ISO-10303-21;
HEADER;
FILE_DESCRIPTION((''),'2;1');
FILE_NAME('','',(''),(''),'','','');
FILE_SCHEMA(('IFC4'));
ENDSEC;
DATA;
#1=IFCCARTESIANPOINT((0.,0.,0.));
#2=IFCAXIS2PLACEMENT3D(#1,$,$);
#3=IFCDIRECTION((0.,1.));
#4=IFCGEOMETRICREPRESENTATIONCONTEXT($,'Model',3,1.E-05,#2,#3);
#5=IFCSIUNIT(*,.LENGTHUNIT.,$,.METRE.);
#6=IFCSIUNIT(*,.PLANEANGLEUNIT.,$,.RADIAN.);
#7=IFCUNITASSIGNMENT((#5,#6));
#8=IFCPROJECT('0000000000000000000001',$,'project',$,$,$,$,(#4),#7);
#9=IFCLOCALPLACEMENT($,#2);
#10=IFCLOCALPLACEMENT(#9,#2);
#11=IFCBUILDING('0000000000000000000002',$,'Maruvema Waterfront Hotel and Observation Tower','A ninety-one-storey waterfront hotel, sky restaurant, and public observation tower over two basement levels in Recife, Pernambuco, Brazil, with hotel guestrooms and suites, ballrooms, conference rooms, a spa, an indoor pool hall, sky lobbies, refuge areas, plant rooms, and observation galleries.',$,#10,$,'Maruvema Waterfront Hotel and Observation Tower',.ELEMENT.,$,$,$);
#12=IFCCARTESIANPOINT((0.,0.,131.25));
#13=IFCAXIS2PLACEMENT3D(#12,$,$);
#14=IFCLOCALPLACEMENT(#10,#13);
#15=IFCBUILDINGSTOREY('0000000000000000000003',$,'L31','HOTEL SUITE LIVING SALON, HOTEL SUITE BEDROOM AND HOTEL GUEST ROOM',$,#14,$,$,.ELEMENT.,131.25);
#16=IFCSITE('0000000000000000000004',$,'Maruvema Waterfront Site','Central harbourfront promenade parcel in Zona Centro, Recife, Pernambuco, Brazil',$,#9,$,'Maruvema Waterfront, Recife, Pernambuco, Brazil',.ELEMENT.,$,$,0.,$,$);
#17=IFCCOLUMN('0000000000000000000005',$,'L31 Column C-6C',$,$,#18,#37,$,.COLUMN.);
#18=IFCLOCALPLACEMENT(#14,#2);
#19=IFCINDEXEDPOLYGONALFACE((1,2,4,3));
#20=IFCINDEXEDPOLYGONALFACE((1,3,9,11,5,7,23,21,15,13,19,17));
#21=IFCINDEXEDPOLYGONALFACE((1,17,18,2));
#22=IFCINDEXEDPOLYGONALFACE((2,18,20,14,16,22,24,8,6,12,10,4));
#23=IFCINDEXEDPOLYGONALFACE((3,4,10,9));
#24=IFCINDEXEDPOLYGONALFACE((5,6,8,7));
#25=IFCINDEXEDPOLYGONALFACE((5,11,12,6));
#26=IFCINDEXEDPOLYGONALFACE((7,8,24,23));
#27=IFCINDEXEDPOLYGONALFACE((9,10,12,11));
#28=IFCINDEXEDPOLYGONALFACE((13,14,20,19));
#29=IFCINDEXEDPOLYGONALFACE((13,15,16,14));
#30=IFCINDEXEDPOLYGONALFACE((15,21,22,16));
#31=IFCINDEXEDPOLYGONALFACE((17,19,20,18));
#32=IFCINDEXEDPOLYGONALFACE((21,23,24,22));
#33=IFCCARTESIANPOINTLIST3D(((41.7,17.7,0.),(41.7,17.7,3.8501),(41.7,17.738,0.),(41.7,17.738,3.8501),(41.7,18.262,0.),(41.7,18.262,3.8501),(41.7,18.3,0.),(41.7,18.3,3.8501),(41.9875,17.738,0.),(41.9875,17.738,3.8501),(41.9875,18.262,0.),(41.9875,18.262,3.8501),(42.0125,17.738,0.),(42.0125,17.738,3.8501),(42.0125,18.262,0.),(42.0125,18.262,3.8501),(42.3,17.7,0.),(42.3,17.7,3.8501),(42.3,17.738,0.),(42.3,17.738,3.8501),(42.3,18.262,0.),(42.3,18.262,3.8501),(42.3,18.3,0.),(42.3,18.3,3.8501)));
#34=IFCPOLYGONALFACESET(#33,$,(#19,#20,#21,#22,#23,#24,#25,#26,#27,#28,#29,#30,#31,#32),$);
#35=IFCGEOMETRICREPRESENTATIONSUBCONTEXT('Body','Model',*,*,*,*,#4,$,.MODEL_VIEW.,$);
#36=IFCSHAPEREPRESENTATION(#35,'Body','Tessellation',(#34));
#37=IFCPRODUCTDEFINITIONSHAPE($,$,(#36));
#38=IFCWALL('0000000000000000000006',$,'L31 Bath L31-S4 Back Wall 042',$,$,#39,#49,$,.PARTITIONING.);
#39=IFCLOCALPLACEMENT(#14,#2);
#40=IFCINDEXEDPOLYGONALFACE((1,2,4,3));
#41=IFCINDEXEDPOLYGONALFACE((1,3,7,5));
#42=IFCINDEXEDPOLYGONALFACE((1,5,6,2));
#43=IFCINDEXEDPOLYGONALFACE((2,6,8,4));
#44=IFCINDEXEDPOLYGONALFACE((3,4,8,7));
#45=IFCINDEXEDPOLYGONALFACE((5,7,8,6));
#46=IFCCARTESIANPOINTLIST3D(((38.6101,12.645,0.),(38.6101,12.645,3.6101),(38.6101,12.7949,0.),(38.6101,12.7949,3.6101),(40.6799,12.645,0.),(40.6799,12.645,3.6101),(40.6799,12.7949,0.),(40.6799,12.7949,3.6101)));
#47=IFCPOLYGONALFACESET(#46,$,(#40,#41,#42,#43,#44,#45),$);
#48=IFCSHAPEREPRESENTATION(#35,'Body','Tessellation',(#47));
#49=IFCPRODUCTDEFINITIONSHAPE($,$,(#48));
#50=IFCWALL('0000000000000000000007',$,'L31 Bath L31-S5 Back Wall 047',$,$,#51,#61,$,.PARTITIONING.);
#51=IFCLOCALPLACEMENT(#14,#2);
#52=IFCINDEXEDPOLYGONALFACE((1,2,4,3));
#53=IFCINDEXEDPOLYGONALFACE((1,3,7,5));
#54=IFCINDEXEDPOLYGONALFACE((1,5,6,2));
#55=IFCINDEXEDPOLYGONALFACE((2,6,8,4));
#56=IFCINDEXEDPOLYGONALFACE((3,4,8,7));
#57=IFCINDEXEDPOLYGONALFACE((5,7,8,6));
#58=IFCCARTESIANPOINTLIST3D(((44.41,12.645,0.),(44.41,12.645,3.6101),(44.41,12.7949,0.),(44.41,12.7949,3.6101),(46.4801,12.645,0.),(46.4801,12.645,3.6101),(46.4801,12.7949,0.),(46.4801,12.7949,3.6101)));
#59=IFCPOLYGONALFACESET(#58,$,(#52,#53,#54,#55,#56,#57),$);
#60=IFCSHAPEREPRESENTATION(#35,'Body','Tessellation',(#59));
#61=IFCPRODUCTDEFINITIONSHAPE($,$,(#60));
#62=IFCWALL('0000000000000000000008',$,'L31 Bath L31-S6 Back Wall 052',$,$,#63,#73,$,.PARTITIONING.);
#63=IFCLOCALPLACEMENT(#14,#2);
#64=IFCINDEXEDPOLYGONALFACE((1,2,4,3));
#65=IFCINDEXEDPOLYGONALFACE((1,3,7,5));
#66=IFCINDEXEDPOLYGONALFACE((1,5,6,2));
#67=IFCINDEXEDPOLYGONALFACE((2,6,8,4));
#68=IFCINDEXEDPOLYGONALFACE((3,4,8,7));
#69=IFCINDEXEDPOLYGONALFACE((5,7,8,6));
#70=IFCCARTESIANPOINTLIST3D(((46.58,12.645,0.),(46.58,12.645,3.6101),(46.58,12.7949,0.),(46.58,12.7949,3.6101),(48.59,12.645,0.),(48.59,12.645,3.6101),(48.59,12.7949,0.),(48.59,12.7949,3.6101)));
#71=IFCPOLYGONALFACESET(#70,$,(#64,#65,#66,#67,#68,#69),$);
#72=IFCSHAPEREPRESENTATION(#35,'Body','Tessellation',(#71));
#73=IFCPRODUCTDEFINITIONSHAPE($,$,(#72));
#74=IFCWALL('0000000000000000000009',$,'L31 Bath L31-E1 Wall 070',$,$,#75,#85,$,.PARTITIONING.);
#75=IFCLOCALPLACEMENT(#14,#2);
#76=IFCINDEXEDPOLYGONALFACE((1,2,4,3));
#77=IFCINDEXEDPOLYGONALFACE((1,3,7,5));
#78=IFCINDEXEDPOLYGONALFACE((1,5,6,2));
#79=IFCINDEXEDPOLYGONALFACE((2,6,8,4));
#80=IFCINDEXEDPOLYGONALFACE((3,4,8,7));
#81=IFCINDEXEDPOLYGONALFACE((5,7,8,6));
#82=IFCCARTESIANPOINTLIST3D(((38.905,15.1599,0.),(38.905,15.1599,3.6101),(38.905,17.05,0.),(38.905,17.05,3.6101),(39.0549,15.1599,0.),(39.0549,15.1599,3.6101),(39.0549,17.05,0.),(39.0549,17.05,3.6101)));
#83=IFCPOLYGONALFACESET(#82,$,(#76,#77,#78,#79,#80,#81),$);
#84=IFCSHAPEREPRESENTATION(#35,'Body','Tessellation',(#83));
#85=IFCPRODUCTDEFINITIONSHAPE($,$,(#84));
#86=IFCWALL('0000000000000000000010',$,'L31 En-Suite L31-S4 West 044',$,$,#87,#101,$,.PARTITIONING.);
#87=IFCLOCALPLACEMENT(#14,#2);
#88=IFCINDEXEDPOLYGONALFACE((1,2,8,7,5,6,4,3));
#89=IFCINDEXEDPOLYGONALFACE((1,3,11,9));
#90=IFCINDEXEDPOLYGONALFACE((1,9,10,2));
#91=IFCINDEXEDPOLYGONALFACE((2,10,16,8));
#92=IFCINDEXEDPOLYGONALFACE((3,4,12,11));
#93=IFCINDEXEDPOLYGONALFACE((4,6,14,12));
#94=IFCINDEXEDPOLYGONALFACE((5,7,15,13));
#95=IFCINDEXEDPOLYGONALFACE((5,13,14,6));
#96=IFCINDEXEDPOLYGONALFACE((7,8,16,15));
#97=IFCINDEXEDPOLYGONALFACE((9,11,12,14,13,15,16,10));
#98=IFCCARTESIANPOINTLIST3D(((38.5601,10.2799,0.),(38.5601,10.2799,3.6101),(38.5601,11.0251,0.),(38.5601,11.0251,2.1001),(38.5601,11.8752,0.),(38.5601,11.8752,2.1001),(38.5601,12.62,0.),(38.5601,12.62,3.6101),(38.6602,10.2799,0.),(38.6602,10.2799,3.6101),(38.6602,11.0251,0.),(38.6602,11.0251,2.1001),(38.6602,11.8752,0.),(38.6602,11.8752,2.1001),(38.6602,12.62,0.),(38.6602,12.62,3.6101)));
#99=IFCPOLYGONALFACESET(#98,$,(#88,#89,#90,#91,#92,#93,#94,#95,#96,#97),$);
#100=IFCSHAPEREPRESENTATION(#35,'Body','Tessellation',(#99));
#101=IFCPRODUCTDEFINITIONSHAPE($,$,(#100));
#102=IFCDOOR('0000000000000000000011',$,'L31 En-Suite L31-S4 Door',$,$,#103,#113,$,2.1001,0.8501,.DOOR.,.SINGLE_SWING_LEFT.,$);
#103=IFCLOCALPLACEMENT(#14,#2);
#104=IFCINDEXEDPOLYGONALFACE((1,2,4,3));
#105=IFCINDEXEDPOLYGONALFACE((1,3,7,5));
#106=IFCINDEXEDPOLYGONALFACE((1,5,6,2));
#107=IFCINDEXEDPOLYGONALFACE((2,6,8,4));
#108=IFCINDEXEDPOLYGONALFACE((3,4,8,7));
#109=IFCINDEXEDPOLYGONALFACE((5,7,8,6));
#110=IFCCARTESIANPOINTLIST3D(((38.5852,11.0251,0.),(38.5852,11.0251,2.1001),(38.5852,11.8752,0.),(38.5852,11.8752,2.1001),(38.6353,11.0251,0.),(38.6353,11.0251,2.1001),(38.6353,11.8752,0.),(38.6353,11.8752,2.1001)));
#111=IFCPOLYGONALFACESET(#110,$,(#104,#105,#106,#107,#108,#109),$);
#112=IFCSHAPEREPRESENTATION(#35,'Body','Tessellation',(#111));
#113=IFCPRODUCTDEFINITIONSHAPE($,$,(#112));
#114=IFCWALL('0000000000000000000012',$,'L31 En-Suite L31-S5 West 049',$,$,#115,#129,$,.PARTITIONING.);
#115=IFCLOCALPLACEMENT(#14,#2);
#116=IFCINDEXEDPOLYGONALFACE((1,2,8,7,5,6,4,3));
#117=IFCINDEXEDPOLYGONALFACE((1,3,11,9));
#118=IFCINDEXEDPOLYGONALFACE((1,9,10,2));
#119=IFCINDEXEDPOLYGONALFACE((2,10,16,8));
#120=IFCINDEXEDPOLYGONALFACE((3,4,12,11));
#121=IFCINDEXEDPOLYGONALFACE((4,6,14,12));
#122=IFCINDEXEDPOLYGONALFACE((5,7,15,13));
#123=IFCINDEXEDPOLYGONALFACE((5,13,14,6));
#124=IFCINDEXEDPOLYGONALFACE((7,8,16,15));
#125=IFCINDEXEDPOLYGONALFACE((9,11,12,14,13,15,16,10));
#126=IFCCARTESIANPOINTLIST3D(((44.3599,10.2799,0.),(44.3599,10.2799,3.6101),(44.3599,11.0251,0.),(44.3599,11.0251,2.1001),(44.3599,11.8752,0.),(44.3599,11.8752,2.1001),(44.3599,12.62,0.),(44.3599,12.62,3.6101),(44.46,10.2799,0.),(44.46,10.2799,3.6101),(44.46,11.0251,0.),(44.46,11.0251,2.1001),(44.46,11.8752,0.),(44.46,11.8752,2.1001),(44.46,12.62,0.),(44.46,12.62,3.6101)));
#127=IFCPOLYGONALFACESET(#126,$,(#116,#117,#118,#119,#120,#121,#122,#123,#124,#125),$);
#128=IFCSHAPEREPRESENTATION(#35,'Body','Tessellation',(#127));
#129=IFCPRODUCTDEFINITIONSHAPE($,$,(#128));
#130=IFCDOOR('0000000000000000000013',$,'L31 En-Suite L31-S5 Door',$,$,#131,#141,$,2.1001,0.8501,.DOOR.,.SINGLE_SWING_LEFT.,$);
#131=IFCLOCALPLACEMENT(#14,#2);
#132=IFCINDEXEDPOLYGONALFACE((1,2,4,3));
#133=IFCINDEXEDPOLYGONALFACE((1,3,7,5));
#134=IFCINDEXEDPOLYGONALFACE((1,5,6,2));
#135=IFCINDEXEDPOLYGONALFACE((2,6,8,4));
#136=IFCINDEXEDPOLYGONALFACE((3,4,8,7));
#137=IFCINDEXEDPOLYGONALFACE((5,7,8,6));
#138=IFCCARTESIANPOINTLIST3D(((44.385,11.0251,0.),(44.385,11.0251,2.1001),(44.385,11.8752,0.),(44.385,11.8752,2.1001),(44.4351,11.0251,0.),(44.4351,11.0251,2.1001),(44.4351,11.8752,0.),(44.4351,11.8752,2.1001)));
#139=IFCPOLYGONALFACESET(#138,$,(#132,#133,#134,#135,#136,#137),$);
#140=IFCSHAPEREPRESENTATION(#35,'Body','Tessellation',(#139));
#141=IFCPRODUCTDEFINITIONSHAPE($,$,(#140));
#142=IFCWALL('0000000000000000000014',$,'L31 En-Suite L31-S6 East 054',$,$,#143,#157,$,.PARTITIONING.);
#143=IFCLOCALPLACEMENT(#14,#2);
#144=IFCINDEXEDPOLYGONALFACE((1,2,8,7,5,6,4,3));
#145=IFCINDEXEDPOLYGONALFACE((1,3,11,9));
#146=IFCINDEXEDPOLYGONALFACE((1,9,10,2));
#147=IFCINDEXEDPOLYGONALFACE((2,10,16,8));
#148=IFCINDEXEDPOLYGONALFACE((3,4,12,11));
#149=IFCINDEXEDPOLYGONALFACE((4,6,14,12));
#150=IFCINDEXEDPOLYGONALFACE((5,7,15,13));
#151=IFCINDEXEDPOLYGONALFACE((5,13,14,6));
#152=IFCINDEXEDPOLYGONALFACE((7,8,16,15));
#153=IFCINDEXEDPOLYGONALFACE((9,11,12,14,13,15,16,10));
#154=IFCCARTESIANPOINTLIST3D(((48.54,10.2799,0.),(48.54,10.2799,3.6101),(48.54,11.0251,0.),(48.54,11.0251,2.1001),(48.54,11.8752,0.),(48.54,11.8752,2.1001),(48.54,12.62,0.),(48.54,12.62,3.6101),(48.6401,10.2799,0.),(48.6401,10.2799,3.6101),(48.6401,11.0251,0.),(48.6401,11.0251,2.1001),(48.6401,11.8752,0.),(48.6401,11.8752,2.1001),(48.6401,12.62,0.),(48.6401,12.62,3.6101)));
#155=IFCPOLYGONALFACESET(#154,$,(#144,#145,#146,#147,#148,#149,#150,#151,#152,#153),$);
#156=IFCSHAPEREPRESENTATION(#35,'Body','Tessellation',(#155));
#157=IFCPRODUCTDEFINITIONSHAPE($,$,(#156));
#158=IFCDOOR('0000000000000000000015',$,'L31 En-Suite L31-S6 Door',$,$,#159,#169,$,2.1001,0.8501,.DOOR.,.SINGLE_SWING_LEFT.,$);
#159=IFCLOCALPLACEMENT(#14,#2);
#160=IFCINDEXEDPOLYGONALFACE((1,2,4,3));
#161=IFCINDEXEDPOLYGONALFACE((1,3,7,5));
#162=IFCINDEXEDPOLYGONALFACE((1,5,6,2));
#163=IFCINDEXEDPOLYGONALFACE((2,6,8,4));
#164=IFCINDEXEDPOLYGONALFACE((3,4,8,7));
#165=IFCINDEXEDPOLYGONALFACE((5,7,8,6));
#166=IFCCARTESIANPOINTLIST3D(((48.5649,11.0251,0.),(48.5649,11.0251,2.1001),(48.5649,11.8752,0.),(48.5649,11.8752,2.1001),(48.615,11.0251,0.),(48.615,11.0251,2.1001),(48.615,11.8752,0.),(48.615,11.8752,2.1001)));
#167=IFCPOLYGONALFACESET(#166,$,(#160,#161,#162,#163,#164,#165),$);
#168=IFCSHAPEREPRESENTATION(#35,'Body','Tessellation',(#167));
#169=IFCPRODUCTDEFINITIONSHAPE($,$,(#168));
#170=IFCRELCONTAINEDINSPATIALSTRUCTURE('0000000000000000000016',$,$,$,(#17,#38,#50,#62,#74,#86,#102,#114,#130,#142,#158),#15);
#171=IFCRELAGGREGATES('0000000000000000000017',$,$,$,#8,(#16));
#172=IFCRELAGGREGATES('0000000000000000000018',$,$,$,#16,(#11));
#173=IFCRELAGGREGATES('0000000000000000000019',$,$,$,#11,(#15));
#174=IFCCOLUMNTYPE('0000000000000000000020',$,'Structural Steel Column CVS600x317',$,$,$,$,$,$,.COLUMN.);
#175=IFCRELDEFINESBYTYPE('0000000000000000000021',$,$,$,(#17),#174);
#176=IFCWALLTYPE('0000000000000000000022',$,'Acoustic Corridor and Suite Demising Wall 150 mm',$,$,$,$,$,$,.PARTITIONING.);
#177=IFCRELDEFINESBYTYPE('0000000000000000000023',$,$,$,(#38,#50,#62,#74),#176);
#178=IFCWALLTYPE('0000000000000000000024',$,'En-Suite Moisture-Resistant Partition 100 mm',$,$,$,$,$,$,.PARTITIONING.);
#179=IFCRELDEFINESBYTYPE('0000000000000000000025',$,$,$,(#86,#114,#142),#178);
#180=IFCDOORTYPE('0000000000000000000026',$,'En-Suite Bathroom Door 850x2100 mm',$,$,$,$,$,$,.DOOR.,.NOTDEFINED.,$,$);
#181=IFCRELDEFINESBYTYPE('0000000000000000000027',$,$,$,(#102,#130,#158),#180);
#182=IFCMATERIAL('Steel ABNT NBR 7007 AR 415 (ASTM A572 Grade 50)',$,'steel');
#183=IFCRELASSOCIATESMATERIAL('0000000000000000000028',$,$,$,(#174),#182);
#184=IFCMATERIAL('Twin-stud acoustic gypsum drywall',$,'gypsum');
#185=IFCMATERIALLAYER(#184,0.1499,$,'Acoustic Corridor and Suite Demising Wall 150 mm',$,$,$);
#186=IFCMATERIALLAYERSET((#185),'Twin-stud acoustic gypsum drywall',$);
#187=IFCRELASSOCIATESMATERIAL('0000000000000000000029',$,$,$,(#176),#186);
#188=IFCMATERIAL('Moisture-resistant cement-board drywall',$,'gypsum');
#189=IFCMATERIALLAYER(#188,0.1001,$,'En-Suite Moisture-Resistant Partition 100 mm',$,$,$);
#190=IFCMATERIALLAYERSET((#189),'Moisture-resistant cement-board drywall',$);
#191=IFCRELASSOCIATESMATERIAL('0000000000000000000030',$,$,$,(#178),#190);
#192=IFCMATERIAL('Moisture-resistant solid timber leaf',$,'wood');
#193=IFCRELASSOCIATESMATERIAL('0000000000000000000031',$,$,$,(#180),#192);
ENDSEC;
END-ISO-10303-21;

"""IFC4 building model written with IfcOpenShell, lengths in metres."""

from ifc_helpers import new_model, si_unit, direction, frame, frame_2d, origin, origin_2d, place, context, subcontext, project, spatial, rectangle, i_section, extrude, material, layer, layer_set, material_profile, profile_set, type_object, element, fill, save


model = new_model("IFC4")

# Units and contexts
model_context = context("Model", 3, precision=1e-05, world=origin(), true_north=direction((0.0, 1.0)))
body_context = subcontext(model_context, "Body", "Model", "MODEL_VIEW")
ifc_project = project(units=[si_unit("LENGTHUNIT", "METRE"), si_unit("PLANEANGLEUNIT", "RADIAN")], contexts=[model_context])

# Site, building, storey
site_placement = place(None, origin())
site = spatial("IfcSite", under=ifc_project, at=site_placement, Name="Maruvema Waterfront Site", Description="Central harbourfront promenade parcel in Zona Centro, Recife, Pernambuco, Brazil", LongName="Maruvema Waterfront, Recife, Pernambuco, Brazil", CompositionType="ELEMENT", RefElevation=0.0)
building_placement = place(site_placement, origin())
building = spatial("IfcBuilding", under=site, at=building_placement, Name="Maruvema Waterfront Hotel and Observation Tower", Description="A ninety-one-storey waterfront hotel, sky restaurant, and public observation tower over two basement levels in Recife, Pernambuco, Brazil, with hotel guestrooms and suites, ballrooms, conference rooms, a spa, an indoor pool hall, sky lobbies, refuge areas, plant rooms, and observation galleries.", LongName="Maruvema Waterfront Hotel and Observation Tower", CompositionType="ELEMENT")
storey_placement = place(building_placement, frame((0.0, 0.0, 131.25)))
storey = spatial("IfcBuildingStorey", under=building, at=storey_placement, Name="L31", Description="HOTEL SUITE LIVING SALON, HOTEL SUITE BEDROOM AND HOTEL GUEST ROOM", CompositionType="ELEMENT", Elevation=131.25)

# Column
ifc_material_1 = material(Name="Steel ABNT NBR 7007 AR 415 (ASTM A572 Grade 50)", Category="steel")
ifc_material_profile = material_profile(ifc_material_1, i_section(OverallWidth=0.6001, OverallDepth=0.6001, WebThickness=0.0249, FlangeThickness=0.0381, at=origin_2d()), Name="CVS600x317")
ifc_profile_set = profile_set([ifc_material_profile], Name="Steel ABNT NBR 7007 AR 415 (ASTM A572 Grade 50)")
column_type = type_object("IfcColumnType", Name="Structural Steel Column CVS600x317", PredefinedType="COLUMN", material=ifc_profile_set)
column_placement = place(storey_placement, frame((42.0, 18.0, 0.0), z_axis=(0.0, 0.0, 1.0), x_axis=(1.0, 0.0, 0.0)))
element("IfcColumn", 1, at=column_placement, inside=storey, type_object=column_type, Name="L31 Column C-6C", PredefinedType="COLUMN", context=body_context, shape_type="SweptSolid", body=[
    extrude(i_section(OverallWidth=0.6001, OverallDepth=0.6001, WebThickness=0.0249, FlangeThickness=0.0381, at=origin_2d()), origin(), (0.0, 0.0, 1.0), 3.8501),
])

# Walls
ifc_material_2 = material(Name="Twin-stud acoustic gypsum drywall", Category="gypsum")
ifc_layer_1 = layer(ifc_material_2, 0.1499, Name="Acoustic Corridor and Suite Demising Wall 150 mm")
ifc_layer_set_1 = layer_set([ifc_layer_1], Name="Twin-stud acoustic gypsum drywall")
wall_type_1 = type_object("IfcWallType", Name="Acoustic Corridor and Suite Demising Wall 150 mm", PredefinedType="PARTITIONING", material=ifc_layer_set_1)
wall_1_placement = place(storey_placement, frame((38.6101, 12.72, 0.0), z_axis=(0.0, 0.0, 1.0), x_axis=(1.0, 0.0, 0.0)))
element("IfcWall", 2, at=wall_1_placement, inside=storey, type_object=wall_type_1, Name="L31 Bath L31-S4 Back Wall 042", PredefinedType="PARTITIONING", context=body_context, shape_type="SweptSolid", body=[
    extrude(rectangle(XDim=2.0698, YDim=0.1499, at=frame_2d((1.0349, 0.0))), origin(), (0.0, 0.0, 1.0), 3.6101),
])
wall_2_placement = place(storey_placement, frame((44.4099, 12.72, 0.0), z_axis=(0.0, 0.0, 1.0), x_axis=(1.0, 0.0, 0.0)))
element("IfcWall", 3, at=wall_2_placement, inside=storey, type_object=wall_type_1, Name="L31 Bath L31-S5 Back Wall 047", PredefinedType="PARTITIONING", context=body_context, shape_type="SweptSolid", body=[
    extrude(rectangle(XDim=2.0701, YDim=0.1499, at=frame_2d((1.0352, 0.0))), origin(), (0.0, 0.0, 1.0), 3.6101),
])

# Wall
wall_3_placement = place(storey_placement, frame((46.5801, 12.72, 0.0), z_axis=(0.0, 0.0, 1.0), x_axis=(1.0, 0.0, 0.0)))
element("IfcWall", 4, at=wall_3_placement, inside=storey, type_object=wall_type_1, Name="L31 Bath L31-S6 Back Wall 052", PredefinedType="PARTITIONING", context=body_context, shape_type="SweptSolid", body=[
    extrude(rectangle(XDim=2.01, YDim=0.1499, at=frame_2d((1.0049, 0.0))), origin(), (0.0, 0.0, 1.0), 3.6101),
])

# Wall
wall_4_placement = place(storey_placement, frame((38.98, 15.1599, 0.0), z_axis=(0.0, 0.0, 1.0), x_axis=(0.0, 1.0, 0.0)))
element("IfcWall", 5, at=wall_4_placement, inside=storey, type_object=wall_type_1, Name="L31 Bath L31-E1 Wall 070", PredefinedType="PARTITIONING", context=body_context, shape_type="SweptSolid", body=[
    extrude(rectangle(XDim=1.8901, YDim=0.1499, at=frame_2d((0.9451, 0.0))), origin(), (0.0, 0.0, 1.0), 3.6101),
])

# Walls, openings, doors
ifc_material_3 = material(Name="Moisture-resistant cement-board drywall", Category="gypsum")
ifc_layer_2 = layer(ifc_material_3, 0.1001, Name="En-Suite Moisture-Resistant Partition 100 mm")
ifc_layer_set_2 = layer_set([ifc_layer_2], Name="Moisture-resistant cement-board drywall")
wall_type_2 = type_object("IfcWallType", Name="En-Suite Moisture-Resistant Partition 100 mm", PredefinedType="PARTITIONING", material=ifc_layer_set_2)
wall_5_placement = place(storey_placement, frame((38.6101, 10.28, 0.0), z_axis=(0.0, 0.0, 1.0), x_axis=(0.0, 1.0, 0.0)))
wall_5 = element("IfcWall", 6, at=wall_5_placement, inside=storey, type_object=wall_type_2, Name="L31 En-Suite L31-S4 West 044", PredefinedType="PARTITIONING", context=body_context, shape_type="SweptSolid", body=[
    extrude(rectangle(XDim=2.3401, YDim=0.1001, at=frame_2d((1.1699, 0.0))), origin(), (0.0, 0.0, 1.0), 3.6101),
])
opening_1_placement = place(wall_5_placement, frame((0.7451, 0.0, 0.0)))
opening_1 = element("IfcOpeningElement", 7, at=opening_1_placement, cuts=wall_5, PredefinedType="OPENING", context=body_context, shape_type="SweptSolid", body=[
    extrude(rectangle(XDim=0.8501, YDim=2.1001, at=frame_2d((0.425, 1.05))), frame((0.0, 0.0601, 0.0), z_axis=(0.0, -1.0, 0.0), x_axis=(1.0, 0.0, 0.0)), (0.0, 0.0, 1.0), 0.1201),
])
ifc_material_4 = material(Name="Moisture-resistant solid timber leaf", Category="wood")
door_type_1 = type_object("IfcDoorType", Name="En-Suite Bathroom Door 850x2100 mm", OperationType="NOTDEFINED", PredefinedType="DOOR", material=ifc_material_4)
door_1_placement = place(opening_1_placement, origin())
door_1 = element("IfcDoor", 8, at=door_1_placement, inside=storey, type_object=door_type_1, Name="L31 En-Suite L31-S4 Door", OperationType="SINGLE_SWING_LEFT", OverallHeight=2.1001, OverallWidth=0.8501, PredefinedType="DOOR", context=body_context, shape_type="SweptSolid", body=[
    extrude(rectangle(XDim=0.8501, YDim=2.1001, at=frame_2d((0.425, 1.05))), frame((0.0, 0.0249, 0.0), z_axis=(0.0, -1.0, 0.0), x_axis=(1.0, 0.0, 0.0)), (0.0, 0.0, 1.0), 0.05),
])
fill(opening_1, door_1)
wall_6_placement = place(storey_placement, frame((44.4099, 10.28, 0.0), z_axis=(0.0, 0.0, 1.0), x_axis=(0.0, 1.0, 0.0)))
wall_6 = element("IfcWall", 9, at=wall_6_placement, inside=storey, type_object=wall_type_2, Name="L31 En-Suite L31-S5 West 049", PredefinedType="PARTITIONING", context=body_context, shape_type="SweptSolid", body=[
    extrude(rectangle(XDim=2.3401, YDim=0.1001, at=frame_2d((1.1699, 0.0))), origin(), (0.0, 0.0, 1.0), 3.6101),
])
opening_2_placement = place(wall_6_placement, frame((0.7451, 0.0, 0.0)))
opening_2 = element("IfcOpeningElement", 10, at=opening_2_placement, cuts=wall_6, PredefinedType="OPENING", context=body_context, shape_type="SweptSolid", body=[
    extrude(rectangle(XDim=0.8501, YDim=2.1001, at=frame_2d((0.425, 1.05))), frame((0.0, 0.0601, 0.0), z_axis=(0.0, -1.0, 0.0), x_axis=(1.0, 0.0, 0.0)), (0.0, 0.0, 1.0), 0.1201),
])
door_2_placement = place(opening_2_placement, origin())
door_2 = element("IfcDoor", 11, at=door_2_placement, inside=storey, type_object=door_type_1, Name="L31 En-Suite L31-S5 Door", OperationType="SINGLE_SWING_LEFT", OverallHeight=2.1001, OverallWidth=0.8501, PredefinedType="DOOR", context=body_context, shape_type="SweptSolid", body=[
    extrude(rectangle(XDim=0.8501, YDim=2.1001, at=frame_2d((0.425, 1.05))), frame((0.0, 0.0249, 0.0), z_axis=(0.0, -1.0, 0.0), x_axis=(1.0, 0.0, 0.0)), (0.0, 0.0, 1.0), 0.05),
])
fill(opening_2, door_2)
wall_7_placement = place(storey_placement, frame((48.5901, 10.28, 0.0), z_axis=(0.0, 0.0, 1.0), x_axis=(0.0, 1.0, 0.0)))
wall_7 = element("IfcWall", 12, at=wall_7_placement, inside=storey, type_object=wall_type_2, Name="L31 En-Suite L31-S6 East 054", PredefinedType="PARTITIONING", context=body_context, shape_type="SweptSolid", body=[
    extrude(rectangle(XDim=2.3401, YDim=0.1001, at=frame_2d((1.1699, 0.0))), origin(), (0.0, 0.0, 1.0), 3.6101),
])
opening_3_placement = place(wall_7_placement, frame((0.7451, 0.0, 0.0)))
opening_3 = element("IfcOpeningElement", 13, at=opening_3_placement, cuts=wall_7, PredefinedType="OPENING", context=body_context, shape_type="SweptSolid", body=[
    extrude(rectangle(XDim=0.8501, YDim=2.1001, at=frame_2d((0.425, 1.05))), frame((0.0, 0.0601, 0.0), z_axis=(0.0, -1.0, 0.0), x_axis=(1.0, 0.0, 0.0)), (0.0, 0.0, 1.0), 0.1201),
])
door_3_placement = place(opening_3_placement, frame((0.8501, 0.0, 0.0), z_axis=(0.0, 0.0, 1.0), x_axis=(-1.0, 0.0, 0.0)))
door_3 = element("IfcDoor", 14, at=door_3_placement, inside=storey, type_object=door_type_1, Name="L31 En-Suite L31-S6 Door", OperationType="SINGLE_SWING_LEFT", OverallHeight=2.1001, OverallWidth=0.8501, PredefinedType="DOOR", context=body_context, shape_type="SweptSolid", body=[
    extrude(rectangle(XDim=0.8501, YDim=2.1001, at=frame_2d((0.425, 1.05))), frame((0.0, 0.0249, 0.0), z_axis=(0.0, -1.0, 0.0), x_axis=(1.0, 0.0, 0.0)), (0.0, 0.0, 1.0), 0.05),
])
fill(opening_3, door_3)

save(model, "model.ifc")
